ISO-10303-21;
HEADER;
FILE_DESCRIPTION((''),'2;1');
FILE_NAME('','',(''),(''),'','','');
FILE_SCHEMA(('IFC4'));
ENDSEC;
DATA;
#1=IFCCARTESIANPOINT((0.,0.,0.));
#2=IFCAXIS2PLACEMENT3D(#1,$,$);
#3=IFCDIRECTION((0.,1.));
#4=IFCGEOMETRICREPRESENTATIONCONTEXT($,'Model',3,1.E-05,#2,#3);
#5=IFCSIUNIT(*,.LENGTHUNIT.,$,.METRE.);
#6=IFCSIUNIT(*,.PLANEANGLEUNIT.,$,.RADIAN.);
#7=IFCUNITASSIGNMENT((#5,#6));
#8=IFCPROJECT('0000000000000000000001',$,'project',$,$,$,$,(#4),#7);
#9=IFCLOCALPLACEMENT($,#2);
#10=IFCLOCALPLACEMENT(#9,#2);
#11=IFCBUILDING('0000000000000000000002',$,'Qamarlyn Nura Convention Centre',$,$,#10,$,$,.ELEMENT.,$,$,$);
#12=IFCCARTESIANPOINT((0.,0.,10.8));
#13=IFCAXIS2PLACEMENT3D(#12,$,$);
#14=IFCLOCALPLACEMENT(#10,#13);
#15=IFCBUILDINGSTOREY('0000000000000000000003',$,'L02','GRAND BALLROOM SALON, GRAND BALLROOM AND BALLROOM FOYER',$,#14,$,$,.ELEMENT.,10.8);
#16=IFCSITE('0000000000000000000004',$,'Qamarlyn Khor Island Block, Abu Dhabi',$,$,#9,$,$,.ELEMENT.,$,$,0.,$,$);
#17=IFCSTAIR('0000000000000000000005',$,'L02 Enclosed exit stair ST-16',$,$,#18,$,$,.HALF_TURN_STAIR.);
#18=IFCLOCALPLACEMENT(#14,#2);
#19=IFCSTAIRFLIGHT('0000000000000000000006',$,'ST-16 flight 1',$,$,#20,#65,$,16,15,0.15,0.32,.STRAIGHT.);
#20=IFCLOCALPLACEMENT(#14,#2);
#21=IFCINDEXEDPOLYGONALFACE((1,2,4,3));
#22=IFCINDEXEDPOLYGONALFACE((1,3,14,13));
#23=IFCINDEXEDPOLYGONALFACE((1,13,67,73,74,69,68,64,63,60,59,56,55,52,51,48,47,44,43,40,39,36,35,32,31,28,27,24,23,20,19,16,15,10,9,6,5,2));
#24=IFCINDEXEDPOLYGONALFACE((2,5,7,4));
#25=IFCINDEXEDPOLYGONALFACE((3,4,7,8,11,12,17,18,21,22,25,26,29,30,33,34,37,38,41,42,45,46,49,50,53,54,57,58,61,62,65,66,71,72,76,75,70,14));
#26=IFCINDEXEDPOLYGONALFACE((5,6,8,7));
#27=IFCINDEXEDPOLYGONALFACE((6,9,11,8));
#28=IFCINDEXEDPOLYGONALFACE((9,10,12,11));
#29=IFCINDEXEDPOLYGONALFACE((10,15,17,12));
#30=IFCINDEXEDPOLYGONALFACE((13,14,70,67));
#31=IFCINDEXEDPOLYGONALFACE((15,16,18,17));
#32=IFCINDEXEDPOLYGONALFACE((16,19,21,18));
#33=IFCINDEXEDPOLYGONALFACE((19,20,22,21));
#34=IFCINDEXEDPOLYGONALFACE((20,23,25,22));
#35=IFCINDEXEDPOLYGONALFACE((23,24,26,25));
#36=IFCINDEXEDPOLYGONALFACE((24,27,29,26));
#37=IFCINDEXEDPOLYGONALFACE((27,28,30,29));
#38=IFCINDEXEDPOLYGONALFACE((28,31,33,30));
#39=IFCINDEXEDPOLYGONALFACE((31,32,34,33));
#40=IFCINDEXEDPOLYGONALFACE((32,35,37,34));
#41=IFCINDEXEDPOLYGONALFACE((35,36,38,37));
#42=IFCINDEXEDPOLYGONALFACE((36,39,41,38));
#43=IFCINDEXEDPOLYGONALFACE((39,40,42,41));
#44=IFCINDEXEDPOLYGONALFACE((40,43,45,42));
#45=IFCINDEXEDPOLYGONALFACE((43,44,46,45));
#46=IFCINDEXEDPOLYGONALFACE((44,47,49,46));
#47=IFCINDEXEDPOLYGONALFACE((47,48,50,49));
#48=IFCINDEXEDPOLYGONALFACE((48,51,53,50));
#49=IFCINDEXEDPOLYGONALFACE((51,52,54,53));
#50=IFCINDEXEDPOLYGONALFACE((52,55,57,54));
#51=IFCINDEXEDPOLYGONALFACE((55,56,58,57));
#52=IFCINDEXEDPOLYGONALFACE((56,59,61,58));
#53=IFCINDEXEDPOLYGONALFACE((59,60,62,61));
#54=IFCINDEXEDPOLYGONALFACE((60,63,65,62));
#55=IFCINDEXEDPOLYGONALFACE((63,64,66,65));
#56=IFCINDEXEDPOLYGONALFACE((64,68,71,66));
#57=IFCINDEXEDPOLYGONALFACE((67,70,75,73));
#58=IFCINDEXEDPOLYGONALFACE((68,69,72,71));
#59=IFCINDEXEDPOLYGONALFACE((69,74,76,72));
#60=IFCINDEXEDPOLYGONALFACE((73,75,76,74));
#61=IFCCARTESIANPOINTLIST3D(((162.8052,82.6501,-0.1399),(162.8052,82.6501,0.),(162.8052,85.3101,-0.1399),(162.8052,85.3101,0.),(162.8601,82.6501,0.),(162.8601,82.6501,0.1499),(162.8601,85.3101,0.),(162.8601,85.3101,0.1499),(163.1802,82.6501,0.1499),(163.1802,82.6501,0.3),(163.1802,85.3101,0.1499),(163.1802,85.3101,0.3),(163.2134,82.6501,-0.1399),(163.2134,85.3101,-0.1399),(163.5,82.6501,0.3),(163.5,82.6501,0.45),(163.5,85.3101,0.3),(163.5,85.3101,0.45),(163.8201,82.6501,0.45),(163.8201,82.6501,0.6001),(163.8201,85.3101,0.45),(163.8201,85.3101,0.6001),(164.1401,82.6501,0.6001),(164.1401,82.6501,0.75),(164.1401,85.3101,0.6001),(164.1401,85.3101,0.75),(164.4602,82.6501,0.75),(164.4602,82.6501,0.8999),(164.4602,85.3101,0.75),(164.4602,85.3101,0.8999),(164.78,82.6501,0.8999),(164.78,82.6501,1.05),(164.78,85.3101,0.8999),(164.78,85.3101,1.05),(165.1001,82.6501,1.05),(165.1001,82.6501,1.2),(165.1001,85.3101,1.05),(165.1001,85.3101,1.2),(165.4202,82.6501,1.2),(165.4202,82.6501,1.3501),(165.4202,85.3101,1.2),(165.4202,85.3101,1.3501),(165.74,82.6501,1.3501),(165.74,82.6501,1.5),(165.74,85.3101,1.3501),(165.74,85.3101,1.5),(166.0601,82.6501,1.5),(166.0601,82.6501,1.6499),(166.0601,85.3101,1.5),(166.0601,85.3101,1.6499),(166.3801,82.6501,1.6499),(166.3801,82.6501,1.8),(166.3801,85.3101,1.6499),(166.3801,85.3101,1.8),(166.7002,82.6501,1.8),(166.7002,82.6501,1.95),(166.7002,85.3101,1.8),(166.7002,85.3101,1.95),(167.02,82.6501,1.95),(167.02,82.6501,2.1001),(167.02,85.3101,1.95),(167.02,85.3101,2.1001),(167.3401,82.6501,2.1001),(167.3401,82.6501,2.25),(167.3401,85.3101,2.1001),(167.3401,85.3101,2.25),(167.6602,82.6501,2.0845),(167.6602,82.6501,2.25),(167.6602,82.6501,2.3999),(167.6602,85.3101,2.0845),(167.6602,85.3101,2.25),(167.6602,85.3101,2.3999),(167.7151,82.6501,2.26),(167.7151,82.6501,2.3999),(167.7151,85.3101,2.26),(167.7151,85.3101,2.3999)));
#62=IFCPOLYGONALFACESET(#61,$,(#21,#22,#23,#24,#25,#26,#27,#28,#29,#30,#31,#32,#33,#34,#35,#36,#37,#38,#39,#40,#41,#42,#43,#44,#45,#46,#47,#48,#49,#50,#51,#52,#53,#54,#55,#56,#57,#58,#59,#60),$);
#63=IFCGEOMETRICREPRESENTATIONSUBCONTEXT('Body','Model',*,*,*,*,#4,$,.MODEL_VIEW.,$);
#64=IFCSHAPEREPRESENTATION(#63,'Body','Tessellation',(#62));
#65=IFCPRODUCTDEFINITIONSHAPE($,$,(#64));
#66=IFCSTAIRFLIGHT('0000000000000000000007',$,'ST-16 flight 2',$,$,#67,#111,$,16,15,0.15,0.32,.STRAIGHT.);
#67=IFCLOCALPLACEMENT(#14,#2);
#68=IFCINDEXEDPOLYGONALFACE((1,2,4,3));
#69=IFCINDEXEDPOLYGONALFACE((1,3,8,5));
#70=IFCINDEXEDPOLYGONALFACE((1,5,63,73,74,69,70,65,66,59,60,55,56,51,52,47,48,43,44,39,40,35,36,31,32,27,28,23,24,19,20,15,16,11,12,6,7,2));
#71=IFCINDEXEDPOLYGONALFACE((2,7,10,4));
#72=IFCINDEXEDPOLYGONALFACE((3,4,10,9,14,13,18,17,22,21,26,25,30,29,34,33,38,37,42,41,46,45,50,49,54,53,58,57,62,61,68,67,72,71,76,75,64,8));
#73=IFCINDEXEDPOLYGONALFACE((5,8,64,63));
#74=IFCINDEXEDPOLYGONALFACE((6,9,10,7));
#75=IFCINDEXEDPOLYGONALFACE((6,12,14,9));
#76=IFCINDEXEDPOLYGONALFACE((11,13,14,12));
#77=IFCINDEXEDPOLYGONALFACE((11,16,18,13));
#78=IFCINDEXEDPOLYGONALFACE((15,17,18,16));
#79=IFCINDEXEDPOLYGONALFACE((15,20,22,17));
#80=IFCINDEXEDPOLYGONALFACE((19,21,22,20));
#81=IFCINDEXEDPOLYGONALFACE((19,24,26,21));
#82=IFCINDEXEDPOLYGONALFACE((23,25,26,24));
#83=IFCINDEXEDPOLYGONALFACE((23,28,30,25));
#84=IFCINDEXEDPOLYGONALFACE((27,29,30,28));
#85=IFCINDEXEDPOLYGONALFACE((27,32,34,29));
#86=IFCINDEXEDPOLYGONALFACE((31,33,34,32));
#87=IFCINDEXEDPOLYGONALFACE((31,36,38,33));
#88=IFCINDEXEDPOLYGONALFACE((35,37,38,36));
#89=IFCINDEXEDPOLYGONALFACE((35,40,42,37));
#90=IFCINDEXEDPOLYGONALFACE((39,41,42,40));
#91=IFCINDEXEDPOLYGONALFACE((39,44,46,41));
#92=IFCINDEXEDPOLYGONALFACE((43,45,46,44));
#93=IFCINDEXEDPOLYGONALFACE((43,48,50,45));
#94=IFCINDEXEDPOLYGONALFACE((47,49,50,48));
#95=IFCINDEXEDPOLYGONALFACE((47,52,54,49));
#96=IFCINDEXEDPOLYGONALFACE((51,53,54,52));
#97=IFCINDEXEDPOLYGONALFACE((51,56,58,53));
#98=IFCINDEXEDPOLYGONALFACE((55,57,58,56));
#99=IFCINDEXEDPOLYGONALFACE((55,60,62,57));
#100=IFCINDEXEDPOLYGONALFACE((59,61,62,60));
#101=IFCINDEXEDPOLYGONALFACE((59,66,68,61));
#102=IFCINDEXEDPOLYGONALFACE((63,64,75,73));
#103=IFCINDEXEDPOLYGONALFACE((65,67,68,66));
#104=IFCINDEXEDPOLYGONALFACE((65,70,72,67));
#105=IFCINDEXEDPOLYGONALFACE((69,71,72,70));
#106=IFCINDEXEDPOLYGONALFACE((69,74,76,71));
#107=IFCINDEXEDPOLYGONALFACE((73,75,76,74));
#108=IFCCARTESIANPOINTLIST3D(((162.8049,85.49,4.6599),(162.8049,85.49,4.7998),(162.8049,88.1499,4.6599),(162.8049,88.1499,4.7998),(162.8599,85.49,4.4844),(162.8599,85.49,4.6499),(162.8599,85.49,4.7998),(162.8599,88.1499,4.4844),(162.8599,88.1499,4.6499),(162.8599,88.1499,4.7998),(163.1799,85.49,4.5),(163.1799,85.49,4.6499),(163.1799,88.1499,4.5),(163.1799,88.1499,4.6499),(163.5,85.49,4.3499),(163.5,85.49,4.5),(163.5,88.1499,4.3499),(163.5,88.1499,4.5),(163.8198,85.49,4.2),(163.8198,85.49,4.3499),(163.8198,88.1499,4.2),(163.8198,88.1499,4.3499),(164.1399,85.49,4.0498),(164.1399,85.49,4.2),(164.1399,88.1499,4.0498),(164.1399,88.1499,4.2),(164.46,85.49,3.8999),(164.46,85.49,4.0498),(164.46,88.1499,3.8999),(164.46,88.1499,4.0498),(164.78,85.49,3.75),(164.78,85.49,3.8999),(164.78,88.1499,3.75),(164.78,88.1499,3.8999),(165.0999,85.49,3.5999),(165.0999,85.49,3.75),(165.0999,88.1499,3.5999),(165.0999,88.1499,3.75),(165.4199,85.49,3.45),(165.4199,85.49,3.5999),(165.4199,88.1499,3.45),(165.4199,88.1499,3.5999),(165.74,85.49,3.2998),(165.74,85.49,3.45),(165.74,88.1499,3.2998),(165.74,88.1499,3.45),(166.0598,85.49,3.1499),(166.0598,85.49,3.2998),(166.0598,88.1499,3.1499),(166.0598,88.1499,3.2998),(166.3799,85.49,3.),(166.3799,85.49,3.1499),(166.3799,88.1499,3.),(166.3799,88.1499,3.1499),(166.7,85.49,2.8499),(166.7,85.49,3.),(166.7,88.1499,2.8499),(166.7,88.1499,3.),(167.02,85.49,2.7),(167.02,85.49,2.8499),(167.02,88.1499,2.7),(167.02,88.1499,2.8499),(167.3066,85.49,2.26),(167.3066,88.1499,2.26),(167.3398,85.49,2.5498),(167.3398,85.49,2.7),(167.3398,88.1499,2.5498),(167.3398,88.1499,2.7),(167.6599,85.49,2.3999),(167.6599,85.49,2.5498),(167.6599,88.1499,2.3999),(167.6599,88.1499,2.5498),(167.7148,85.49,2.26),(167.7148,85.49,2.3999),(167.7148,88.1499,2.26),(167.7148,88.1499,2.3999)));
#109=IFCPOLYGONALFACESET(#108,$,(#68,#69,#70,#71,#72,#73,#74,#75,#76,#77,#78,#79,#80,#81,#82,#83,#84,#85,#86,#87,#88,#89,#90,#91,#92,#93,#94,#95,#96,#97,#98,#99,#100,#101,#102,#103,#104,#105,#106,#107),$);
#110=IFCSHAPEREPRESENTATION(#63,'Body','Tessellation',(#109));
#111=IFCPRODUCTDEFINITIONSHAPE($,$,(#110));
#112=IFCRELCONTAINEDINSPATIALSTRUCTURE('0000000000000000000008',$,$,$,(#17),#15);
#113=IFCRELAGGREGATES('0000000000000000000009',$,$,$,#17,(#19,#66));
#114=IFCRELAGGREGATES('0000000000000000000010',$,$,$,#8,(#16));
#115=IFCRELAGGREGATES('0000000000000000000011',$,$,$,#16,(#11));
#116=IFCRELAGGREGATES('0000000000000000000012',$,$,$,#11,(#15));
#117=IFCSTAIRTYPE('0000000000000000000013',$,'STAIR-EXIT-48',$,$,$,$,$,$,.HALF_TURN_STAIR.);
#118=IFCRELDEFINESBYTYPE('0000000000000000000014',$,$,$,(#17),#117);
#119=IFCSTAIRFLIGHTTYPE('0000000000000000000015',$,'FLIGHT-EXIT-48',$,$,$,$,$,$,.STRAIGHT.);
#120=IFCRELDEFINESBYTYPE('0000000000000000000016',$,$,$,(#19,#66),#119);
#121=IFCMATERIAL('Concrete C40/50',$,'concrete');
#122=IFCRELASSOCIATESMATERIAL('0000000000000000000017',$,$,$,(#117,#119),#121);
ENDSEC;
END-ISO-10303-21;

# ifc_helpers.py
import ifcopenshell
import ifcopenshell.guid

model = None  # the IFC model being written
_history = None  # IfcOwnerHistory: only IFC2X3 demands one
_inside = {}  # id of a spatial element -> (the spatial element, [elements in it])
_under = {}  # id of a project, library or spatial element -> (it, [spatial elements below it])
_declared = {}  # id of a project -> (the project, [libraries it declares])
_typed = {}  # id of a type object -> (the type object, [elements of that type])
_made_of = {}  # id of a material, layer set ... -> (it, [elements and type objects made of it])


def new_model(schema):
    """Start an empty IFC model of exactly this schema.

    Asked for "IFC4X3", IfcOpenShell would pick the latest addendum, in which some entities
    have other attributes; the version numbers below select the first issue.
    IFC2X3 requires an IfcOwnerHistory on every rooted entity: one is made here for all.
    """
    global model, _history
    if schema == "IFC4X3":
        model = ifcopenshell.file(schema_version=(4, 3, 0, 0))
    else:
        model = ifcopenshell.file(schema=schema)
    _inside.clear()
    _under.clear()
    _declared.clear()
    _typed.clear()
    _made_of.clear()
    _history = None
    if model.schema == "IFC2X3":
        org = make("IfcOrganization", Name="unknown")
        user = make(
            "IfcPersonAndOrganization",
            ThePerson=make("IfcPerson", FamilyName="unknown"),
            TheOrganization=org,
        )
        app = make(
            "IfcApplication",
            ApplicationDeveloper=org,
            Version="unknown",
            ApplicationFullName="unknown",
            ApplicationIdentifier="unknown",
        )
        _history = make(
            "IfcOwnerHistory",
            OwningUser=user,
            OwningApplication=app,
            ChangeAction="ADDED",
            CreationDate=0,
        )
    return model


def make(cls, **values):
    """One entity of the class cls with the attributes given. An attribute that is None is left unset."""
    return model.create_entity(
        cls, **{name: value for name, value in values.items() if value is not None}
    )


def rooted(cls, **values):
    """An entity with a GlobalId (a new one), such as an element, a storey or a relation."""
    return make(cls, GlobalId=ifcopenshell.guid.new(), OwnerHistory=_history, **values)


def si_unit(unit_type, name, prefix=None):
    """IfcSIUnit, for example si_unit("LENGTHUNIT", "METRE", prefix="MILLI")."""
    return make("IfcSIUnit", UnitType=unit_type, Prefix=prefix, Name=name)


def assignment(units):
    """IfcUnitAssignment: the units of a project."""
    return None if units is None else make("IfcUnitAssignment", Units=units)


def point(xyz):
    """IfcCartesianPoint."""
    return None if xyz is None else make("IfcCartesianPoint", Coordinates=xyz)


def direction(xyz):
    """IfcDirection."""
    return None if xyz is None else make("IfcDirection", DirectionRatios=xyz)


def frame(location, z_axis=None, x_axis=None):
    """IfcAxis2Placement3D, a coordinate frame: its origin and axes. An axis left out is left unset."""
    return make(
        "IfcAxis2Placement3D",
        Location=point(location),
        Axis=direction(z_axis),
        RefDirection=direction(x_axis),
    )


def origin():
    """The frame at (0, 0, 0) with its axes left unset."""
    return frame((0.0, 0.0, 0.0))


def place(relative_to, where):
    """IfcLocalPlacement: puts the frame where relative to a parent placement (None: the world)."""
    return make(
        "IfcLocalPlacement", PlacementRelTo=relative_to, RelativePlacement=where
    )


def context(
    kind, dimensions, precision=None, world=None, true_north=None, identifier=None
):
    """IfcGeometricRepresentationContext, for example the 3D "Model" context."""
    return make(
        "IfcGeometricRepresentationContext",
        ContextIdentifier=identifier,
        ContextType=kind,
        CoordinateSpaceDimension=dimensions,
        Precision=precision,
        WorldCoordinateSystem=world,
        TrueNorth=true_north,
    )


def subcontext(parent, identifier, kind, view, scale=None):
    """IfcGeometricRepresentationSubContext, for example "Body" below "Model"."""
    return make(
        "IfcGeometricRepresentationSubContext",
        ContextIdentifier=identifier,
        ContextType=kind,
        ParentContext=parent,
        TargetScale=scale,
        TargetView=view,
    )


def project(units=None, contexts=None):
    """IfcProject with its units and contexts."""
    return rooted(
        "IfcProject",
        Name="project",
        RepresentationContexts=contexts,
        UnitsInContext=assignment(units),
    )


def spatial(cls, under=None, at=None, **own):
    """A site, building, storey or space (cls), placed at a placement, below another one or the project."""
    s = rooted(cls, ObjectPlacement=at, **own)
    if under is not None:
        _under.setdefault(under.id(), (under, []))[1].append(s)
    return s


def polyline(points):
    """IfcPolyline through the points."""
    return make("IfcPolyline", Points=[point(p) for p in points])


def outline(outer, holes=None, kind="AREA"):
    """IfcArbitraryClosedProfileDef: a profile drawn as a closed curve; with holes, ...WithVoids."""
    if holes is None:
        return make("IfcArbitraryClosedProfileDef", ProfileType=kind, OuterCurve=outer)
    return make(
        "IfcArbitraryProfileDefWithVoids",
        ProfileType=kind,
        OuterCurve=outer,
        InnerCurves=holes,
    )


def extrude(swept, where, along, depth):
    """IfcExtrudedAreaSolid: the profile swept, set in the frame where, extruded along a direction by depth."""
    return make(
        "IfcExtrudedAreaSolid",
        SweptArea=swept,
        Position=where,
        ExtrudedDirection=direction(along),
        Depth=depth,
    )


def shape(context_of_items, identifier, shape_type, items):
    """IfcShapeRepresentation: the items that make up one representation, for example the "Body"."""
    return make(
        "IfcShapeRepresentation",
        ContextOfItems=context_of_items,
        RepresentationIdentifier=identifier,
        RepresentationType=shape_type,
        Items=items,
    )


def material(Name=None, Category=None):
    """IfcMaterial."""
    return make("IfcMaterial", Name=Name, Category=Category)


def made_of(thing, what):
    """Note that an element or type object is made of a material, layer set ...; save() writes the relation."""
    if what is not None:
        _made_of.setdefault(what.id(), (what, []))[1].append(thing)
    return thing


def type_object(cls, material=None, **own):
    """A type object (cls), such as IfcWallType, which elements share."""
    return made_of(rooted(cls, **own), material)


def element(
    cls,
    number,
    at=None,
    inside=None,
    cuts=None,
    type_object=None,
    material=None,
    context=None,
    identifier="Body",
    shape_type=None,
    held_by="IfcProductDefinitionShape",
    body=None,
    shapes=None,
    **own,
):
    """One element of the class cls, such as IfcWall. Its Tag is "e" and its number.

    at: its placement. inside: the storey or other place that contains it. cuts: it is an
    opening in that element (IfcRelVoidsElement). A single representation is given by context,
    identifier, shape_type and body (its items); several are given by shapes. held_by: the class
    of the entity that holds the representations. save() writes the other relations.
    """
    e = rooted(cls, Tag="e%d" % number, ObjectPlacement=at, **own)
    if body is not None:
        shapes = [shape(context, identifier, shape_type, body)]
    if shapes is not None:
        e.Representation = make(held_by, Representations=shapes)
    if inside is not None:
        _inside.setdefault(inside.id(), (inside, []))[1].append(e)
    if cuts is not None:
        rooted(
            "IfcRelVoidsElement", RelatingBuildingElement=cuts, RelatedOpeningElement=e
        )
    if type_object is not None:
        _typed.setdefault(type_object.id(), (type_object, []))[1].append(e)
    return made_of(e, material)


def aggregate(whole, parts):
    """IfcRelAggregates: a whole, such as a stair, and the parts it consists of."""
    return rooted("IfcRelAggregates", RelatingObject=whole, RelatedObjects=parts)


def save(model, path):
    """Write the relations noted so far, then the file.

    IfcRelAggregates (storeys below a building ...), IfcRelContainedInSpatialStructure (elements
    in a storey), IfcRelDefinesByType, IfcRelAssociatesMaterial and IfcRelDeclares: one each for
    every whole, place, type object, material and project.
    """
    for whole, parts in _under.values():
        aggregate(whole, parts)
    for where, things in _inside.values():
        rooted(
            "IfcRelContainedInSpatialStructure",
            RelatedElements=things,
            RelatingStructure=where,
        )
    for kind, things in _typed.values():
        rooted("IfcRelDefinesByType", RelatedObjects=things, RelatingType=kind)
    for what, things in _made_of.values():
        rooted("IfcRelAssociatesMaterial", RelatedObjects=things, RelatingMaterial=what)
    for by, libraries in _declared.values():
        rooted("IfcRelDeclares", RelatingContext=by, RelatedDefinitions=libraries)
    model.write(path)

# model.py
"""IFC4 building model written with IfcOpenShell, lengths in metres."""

from ifc_helpers import new_model, si_unit, direction, frame, origin, place, context, subcontext, project, spatial, polyline, outline, extrude, material, type_object, element, aggregate, save


model = new_model("IFC4")

# Units and contexts
model_context = context("Model", 3, precision=1e-05, world=origin(), true_north=direction((0.0, 1.0)))
body_context = subcontext(model_context, "Body", "Model", "MODEL_VIEW")
ifc_project = project(units=[si_unit("LENGTHUNIT", "METRE"), si_unit("PLANEANGLEUNIT", "RADIAN")], contexts=[model_context])

# Site, building, storey
site_placement = place(None, origin())
site = spatial("IfcSite", under=ifc_project, at=site_placement, Name="Qamarlyn Khor Island Block, Abu Dhabi", CompositionType="ELEMENT", RefElevation=0.0)
building_placement = place(site_placement, origin())
building = spatial("IfcBuilding", under=site, at=building_placement, Name="Qamarlyn Nura Convention Centre", CompositionType="ELEMENT")
storey_placement = place(building_placement, frame((0.0, 0.0, 10.8)))
storey = spatial("IfcBuildingStorey", under=building, at=storey_placement, Name="L02", Description="GRAND BALLROOM SALON, GRAND BALLROOM AND BALLROOM FOYER", CompositionType="ELEMENT", Elevation=10.8)

# Stair, stair flights
ifc_material_1 = material(Name="Concrete C40/50", Category="concrete")
stair_type = type_object("IfcStairType", Name="STAIR-EXIT-48", PredefinedType="HALF_TURN_STAIR", material=ifc_material_1)
stair_placement = place(storey_placement, origin())
stair = element("IfcStair", 1, at=stair_placement, inside=storey, type_object=stair_type, Name="L02 Enclosed exit stair ST-16", PredefinedType="HALF_TURN_STAIR")
stair_flight_type = type_object("IfcStairFlightType", Name="FLIGHT-EXIT-48", PredefinedType="STRAIGHT", material=ifc_material_1)
stair_flight_1_placement = place(storey_placement, frame((162.8601, 83.98, 0.0), z_axis=(0.0, 0.0, 1.0), x_axis=(1.0, 0.0, 0.0)))
stair_flight_1 = element("IfcStairFlight", 2, at=stair_flight_1_placement, type_object=stair_flight_type, Name="ST-16 flight 1", NumberOfRisers=16, NumberOfTreads=15, PredefinedType="STRAIGHT", RiserHeight=0.15, TreadLength=0.32, context=body_context, shape_type="SweptSolid", body=[
    extrude(outline(polyline([(-0.0549, 0.0), (0.0, 0.0), (0.0, 0.1499), (0.3201, 0.1499), (0.3201, 0.3), (0.6399, 0.3), (0.6399, 0.45), (0.96, 0.45), (0.96, 0.6001), (1.28, 0.6001), (1.28, 0.75), (1.6001, 0.75), (1.6001, 0.8999), (1.9199, 0.8999), (1.9199, 1.05), (2.24, 1.05), (2.24, 1.2), (2.5601, 1.2), (2.5601, 1.3501), (2.8799, 1.3501), (2.8799, 1.5), (3.2, 1.5), (3.2, 1.6499), (3.52, 1.6499), (3.52, 1.8), (3.8401, 1.8), (3.8401, 1.95), (4.1599, 1.95), (4.1599, 2.1001), (4.48, 2.1001), (4.48, 2.25), (4.8, 2.25), (4.8, 2.3999), (4.855, 2.3999), (4.855, 2.26), (4.8, 2.0845), (0.3533, -0.1399), (-0.0549, -0.1399), (-0.0549, 0.0)])), frame((0.0, 1.3301, 0.0), z_axis=(0.0, -1.0, 0.0), x_axis=(1.0, 0.0, 0.0)), (0.0, 0.0, 1.0), 2.6599),
])
stair_flight_2_placement = place(storey_placement, frame((167.6599, 86.8201, 2.3999), z_axis=(0.0, 0.0, 1.0), x_axis=(-1.0, 0.0, 0.0)))
stair_flight_2 = element("IfcStairFlight", 3, at=stair_flight_2_placement, type_object=stair_flight_type, Name="ST-16 flight 2", NumberOfRisers=16, NumberOfTreads=15, PredefinedType="STRAIGHT", RiserHeight=0.15, TreadLength=0.32, context=body_context, shape_type="SweptSolid", body=[
    extrude(outline(polyline([(-0.0549, 0.0), (0.0, 0.0), (0.0, 0.1499), (0.3201, 0.1499), (0.3201, 0.3), (0.6399, 0.3), (0.6399, 0.45), (0.96, 0.45), (0.96, 0.6001), (1.28, 0.6001), (1.28, 0.75), (1.6001, 0.75), (1.6001, 0.8999), (1.9199, 0.8999), (1.9199, 1.05), (2.24, 1.05), (2.24, 1.2), (2.5601, 1.2), (2.5601, 1.3501), (2.8799, 1.3501), (2.8799, 1.5), (3.2, 1.5), (3.2, 1.6499), (3.52, 1.6499), (3.52, 1.8), (3.8401, 1.8), (3.8401, 1.95), (4.1599, 1.95), (4.1599, 2.1001), (4.48, 2.1001), (4.48, 2.25), (4.8, 2.25), (4.8, 2.3999), (4.855, 2.3999), (4.855, 2.26), (4.8, 2.0845), (0.3533, -0.1399), (-0.0549, -0.1399), (-0.0549, 0.0)])), frame((0.0, 1.3301, 0.0), z_axis=(0.0, -1.0, 0.0), x_axis=(1.0, 0.0, 0.0)), (0.0, 0.0, 1.0), 2.6599),
])
aggregate(stair, [stair_flight_1, stair_flight_2])

save(model, "model.ifc")
